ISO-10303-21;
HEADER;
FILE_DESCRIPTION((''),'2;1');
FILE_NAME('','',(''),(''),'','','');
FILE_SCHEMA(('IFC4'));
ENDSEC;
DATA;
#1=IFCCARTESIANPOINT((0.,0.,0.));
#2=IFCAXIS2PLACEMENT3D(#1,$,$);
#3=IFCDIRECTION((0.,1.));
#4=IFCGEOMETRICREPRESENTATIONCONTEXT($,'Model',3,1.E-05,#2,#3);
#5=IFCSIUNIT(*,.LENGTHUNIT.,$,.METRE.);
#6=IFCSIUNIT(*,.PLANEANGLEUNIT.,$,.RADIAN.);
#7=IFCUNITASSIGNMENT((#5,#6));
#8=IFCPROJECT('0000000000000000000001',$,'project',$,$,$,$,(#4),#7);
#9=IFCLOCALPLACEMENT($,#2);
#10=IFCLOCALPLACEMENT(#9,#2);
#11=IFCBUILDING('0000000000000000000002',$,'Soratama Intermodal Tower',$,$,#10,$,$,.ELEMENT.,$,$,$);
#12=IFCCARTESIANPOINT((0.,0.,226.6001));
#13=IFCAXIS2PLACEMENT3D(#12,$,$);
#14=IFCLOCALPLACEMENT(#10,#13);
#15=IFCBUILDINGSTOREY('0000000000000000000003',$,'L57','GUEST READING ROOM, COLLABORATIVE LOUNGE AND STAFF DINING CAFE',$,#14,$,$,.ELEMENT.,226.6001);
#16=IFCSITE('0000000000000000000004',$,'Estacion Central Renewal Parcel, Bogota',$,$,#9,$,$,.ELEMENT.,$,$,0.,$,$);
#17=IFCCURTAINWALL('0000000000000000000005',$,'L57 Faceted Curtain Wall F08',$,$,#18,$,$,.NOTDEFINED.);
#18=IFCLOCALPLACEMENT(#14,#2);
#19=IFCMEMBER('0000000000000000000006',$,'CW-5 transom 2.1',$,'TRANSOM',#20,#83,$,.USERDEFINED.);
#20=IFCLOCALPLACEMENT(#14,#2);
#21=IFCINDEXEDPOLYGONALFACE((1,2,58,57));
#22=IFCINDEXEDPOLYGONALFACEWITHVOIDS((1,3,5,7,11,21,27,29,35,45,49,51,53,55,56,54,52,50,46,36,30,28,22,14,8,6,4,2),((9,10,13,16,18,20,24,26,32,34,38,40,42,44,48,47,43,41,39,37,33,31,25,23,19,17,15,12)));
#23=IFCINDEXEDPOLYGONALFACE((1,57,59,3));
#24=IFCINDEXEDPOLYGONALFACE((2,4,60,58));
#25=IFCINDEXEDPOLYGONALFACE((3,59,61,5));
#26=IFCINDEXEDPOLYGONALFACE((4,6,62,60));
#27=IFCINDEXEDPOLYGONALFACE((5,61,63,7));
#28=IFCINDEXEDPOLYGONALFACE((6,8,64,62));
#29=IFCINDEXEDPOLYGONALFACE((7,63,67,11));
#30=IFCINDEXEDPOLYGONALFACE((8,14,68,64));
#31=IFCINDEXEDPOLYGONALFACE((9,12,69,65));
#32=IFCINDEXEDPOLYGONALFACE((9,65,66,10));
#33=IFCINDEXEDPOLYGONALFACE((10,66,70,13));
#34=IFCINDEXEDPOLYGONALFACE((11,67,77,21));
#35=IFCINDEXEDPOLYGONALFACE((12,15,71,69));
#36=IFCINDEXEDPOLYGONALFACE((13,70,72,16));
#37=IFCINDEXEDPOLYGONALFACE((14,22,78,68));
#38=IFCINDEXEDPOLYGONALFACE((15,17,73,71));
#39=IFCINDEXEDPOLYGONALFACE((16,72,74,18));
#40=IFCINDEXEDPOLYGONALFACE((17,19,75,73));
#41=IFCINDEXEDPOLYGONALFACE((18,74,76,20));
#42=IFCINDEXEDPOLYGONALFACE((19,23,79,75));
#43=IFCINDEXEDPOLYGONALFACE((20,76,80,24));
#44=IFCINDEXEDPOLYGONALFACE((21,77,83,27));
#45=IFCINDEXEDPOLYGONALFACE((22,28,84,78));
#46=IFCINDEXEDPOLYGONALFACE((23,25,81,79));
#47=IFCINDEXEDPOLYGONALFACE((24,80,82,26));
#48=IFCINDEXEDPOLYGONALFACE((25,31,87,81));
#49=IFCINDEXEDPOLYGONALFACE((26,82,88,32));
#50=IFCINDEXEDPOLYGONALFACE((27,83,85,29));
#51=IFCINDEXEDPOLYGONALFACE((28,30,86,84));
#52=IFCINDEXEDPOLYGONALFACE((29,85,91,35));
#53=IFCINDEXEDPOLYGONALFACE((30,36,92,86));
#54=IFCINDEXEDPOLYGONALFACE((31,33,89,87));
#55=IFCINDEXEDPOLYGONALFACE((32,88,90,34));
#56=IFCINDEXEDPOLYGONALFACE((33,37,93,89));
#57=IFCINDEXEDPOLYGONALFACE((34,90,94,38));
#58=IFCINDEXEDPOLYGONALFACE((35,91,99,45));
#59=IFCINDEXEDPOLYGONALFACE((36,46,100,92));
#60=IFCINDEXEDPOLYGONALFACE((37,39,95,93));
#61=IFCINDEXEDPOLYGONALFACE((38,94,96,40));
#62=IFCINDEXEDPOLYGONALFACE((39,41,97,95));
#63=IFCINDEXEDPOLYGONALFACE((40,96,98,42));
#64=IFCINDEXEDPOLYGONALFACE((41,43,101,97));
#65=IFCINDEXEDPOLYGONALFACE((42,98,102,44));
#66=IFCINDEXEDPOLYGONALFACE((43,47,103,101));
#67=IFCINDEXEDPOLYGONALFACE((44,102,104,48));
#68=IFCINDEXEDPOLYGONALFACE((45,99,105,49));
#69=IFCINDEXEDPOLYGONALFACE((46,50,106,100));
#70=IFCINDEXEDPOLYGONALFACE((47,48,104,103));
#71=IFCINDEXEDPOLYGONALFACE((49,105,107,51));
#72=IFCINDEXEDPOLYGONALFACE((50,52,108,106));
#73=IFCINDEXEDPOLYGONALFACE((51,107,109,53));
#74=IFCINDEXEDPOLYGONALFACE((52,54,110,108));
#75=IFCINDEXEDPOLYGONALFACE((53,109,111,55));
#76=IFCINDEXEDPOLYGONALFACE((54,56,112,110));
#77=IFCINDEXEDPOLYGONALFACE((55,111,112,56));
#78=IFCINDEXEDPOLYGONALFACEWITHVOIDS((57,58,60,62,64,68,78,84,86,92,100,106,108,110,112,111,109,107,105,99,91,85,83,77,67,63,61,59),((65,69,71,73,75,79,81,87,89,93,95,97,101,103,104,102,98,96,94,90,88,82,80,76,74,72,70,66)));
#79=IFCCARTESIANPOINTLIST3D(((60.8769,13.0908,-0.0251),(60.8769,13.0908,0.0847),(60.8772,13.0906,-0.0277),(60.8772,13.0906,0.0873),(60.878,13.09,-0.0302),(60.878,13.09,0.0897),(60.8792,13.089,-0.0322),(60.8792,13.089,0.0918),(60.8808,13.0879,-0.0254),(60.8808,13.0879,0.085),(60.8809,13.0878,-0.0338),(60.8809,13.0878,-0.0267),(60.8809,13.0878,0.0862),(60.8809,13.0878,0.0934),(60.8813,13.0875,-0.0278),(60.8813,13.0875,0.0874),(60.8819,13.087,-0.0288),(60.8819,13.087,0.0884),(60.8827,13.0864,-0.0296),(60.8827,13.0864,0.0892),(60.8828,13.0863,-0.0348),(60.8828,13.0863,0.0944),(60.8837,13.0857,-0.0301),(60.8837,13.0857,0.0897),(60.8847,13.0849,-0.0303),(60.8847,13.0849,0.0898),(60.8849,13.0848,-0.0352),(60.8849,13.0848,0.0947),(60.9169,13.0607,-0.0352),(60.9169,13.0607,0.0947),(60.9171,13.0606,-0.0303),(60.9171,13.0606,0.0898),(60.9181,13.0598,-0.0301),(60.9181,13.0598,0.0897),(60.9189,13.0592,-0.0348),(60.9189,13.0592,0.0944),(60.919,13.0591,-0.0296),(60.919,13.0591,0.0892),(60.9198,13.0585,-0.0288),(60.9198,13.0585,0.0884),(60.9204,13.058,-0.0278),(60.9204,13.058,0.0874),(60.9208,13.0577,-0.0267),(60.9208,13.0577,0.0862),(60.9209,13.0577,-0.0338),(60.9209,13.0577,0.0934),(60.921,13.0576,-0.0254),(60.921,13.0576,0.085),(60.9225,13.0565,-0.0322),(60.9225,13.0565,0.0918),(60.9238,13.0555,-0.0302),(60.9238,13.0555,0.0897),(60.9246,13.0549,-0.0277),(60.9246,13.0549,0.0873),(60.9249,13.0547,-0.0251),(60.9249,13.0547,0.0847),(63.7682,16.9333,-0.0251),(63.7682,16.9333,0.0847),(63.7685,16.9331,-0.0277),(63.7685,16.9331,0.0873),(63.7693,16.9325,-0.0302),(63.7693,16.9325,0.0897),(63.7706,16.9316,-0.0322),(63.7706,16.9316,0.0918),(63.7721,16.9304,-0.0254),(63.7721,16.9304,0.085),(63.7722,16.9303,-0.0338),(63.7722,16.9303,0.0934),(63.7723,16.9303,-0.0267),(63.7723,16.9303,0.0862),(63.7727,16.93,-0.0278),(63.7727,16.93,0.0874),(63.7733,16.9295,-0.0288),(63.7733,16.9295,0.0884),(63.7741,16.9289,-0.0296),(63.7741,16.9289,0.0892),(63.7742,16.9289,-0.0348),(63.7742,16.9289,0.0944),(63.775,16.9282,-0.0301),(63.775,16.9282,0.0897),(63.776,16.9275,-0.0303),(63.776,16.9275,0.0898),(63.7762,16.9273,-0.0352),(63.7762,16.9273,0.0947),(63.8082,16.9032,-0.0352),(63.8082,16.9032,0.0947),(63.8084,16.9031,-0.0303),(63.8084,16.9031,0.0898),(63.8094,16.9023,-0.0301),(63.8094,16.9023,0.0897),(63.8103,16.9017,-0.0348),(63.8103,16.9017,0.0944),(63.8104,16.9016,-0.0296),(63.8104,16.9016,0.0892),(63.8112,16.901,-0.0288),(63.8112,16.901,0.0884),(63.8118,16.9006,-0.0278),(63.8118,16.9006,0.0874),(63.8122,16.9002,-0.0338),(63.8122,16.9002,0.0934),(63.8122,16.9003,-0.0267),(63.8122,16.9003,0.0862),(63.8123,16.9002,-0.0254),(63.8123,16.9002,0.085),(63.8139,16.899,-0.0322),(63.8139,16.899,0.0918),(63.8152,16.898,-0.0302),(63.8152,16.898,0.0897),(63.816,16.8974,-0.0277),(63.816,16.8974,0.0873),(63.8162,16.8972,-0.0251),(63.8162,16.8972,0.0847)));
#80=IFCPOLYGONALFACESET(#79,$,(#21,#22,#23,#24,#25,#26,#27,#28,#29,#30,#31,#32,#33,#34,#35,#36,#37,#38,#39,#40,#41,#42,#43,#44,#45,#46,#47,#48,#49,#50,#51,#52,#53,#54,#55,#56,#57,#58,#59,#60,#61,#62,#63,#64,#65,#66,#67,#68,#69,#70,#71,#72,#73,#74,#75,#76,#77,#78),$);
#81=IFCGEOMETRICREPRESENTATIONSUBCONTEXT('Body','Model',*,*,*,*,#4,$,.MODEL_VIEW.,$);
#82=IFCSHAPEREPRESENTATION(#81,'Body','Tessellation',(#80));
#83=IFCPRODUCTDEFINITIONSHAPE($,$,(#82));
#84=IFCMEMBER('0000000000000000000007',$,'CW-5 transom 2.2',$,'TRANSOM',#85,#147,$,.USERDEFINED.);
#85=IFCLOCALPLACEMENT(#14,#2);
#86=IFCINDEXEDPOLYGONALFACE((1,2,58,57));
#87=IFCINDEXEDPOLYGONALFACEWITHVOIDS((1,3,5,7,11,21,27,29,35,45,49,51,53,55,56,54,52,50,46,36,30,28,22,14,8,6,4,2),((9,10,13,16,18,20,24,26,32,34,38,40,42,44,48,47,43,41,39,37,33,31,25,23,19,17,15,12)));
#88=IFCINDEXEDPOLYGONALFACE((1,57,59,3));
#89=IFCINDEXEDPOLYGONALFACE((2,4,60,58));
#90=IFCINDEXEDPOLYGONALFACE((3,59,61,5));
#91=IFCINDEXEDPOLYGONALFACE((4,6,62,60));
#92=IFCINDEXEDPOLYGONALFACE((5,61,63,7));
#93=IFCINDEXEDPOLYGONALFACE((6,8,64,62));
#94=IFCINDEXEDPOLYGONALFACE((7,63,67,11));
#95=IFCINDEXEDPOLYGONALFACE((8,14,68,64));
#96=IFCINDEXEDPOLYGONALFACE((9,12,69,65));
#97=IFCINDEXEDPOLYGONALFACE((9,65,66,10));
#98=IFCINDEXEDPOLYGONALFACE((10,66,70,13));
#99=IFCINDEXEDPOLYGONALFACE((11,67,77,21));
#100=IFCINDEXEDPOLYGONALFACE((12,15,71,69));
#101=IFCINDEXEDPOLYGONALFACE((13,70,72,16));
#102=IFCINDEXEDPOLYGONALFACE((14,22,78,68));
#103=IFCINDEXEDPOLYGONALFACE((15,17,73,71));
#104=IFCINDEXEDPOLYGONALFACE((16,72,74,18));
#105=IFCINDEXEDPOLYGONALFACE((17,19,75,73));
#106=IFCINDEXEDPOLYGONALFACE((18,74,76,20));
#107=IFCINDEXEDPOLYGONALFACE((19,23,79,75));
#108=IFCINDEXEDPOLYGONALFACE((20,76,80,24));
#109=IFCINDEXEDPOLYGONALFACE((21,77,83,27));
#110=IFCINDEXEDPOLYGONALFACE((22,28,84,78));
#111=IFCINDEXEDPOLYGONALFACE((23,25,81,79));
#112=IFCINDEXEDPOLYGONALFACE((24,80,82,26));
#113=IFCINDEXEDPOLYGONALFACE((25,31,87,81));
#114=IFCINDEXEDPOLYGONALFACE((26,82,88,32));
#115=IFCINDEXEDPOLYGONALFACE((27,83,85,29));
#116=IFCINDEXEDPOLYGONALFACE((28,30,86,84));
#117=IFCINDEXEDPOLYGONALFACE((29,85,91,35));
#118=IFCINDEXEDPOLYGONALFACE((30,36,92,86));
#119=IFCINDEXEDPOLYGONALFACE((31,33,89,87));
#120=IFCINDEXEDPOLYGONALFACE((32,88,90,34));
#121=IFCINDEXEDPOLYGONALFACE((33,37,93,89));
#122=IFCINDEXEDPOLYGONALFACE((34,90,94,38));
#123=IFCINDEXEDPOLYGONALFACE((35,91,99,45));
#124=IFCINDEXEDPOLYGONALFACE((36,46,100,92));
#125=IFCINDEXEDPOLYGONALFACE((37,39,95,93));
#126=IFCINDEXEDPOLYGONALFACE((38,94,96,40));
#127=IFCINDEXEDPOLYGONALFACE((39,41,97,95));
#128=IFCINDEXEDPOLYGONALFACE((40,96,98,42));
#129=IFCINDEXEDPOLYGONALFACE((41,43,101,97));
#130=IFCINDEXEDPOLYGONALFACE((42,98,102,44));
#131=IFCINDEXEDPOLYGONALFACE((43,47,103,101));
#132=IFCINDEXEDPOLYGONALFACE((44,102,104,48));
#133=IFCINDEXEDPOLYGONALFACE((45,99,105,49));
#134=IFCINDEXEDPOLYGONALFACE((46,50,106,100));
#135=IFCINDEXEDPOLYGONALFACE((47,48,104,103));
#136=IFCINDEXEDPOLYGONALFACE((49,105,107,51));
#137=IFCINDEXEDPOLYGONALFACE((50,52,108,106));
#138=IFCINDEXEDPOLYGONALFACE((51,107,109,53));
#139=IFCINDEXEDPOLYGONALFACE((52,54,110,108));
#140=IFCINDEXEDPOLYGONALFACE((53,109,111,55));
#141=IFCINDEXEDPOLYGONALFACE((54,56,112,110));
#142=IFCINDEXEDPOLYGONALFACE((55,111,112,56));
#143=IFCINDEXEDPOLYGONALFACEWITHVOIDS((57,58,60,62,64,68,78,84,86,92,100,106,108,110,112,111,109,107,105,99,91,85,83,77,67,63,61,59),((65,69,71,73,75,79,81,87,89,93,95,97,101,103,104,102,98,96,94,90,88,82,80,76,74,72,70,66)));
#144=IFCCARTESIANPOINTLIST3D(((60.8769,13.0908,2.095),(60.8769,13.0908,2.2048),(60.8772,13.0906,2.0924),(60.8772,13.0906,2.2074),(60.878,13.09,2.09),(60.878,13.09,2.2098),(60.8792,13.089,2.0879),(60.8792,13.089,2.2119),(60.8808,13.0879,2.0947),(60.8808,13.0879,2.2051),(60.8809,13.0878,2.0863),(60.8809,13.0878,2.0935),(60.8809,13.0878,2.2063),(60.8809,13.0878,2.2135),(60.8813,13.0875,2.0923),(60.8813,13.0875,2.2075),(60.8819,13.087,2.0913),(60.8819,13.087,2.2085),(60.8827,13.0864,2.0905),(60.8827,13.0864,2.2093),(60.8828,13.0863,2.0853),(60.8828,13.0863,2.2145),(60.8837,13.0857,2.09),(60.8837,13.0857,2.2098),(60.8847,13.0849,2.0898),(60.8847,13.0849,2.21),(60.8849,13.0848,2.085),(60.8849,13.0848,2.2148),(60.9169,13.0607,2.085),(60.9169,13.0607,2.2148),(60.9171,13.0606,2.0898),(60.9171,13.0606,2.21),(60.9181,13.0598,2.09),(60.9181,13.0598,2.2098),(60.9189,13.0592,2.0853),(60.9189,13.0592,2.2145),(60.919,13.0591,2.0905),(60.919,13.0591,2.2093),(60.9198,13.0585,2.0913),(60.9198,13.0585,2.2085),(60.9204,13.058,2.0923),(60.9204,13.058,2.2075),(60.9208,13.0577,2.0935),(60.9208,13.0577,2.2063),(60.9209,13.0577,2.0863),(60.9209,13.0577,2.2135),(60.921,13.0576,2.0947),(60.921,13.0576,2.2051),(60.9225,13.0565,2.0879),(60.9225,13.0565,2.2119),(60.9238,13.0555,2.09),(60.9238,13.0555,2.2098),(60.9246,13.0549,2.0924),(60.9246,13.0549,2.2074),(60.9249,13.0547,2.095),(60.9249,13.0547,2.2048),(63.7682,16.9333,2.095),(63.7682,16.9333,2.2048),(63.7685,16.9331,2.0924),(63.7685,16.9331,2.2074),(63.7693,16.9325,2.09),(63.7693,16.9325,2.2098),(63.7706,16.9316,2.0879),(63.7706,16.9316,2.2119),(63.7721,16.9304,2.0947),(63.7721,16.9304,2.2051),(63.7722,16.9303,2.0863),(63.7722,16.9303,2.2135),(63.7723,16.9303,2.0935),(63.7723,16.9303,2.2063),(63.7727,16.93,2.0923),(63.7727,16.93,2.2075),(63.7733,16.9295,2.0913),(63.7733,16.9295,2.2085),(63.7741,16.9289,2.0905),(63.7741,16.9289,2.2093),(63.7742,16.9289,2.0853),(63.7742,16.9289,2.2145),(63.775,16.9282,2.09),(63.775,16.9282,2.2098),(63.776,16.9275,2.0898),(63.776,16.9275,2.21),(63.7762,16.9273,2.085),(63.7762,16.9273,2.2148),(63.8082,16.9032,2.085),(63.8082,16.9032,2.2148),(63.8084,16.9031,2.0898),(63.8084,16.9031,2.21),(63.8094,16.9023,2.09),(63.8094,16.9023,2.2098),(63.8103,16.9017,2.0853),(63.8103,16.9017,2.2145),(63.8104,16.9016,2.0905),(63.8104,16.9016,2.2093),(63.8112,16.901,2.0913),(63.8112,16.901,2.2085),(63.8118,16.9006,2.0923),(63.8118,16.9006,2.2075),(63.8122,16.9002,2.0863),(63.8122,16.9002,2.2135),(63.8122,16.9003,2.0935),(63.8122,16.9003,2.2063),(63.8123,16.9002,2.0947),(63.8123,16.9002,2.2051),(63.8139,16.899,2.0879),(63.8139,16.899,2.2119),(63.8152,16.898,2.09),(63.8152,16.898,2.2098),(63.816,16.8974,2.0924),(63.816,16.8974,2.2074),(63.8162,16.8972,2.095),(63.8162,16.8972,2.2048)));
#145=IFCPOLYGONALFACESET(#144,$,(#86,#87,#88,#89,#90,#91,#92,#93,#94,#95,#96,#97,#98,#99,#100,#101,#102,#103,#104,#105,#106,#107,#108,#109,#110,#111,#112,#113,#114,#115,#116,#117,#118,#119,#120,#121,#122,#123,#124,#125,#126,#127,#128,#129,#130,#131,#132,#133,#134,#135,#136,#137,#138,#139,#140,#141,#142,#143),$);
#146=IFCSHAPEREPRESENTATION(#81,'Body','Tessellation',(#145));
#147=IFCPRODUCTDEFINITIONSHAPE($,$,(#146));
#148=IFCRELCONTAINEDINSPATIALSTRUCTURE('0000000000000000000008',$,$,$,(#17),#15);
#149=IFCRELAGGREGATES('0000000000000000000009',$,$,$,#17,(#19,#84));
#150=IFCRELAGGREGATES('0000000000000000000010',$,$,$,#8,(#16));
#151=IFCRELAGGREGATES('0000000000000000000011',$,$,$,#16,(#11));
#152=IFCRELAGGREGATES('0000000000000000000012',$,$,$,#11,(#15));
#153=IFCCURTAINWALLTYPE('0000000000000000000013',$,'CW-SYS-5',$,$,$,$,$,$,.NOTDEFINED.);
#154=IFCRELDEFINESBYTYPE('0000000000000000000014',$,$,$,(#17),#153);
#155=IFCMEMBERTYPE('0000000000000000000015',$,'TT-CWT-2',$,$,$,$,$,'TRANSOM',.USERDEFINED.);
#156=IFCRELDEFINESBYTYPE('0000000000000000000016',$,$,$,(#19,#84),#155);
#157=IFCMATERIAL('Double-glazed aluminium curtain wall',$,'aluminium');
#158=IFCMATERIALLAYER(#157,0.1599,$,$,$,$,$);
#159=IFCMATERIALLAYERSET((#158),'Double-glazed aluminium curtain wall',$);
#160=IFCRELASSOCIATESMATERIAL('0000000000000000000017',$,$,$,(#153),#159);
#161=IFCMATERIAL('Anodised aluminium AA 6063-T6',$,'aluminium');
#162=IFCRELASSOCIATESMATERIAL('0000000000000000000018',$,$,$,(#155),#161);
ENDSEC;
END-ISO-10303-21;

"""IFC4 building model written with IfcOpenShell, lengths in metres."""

from ifc_helpers import new_model, si_unit, direction, frame, origin, origin_2d, place, context, subcontext, project, spatial, hollow_rectangle, extrude, material, layer, layer_set, material_profile, profile_set, type_object, element, aggregate, save


model = new_model("IFC4")

# Units and contexts
model_context = context("Model", 3, precision=1e-05, world=origin(), true_north=direction((0.0, 1.0)))
body_context = subcontext(model_context, "Body", "Model", "MODEL_VIEW")
ifc_project = project(units=[si_unit("LENGTHUNIT", "METRE"), si_unit("PLANEANGLEUNIT", "RADIAN")], contexts=[model_context])

# Site, building, storey
site_placement = place(None, origin())
site = spatial("IfcSite", under=ifc_project, at=site_placement, Name="Estacion Central Renewal Parcel, Bogota", CompositionType="ELEMENT", RefElevation=0.0)
building_placement = place(site_placement, origin())
building = spatial("IfcBuilding", under=site, at=building_placement, Name="Soratama Intermodal Tower", CompositionType="ELEMENT")
storey_placement = place(building_placement, frame((0.0, 0.0, 226.6001)))
storey = spatial("IfcBuildingStorey", under=building, at=storey_placement, Name="L57", Description="GUEST READING ROOM, COLLABORATIVE LOUNGE AND STAFF DINING CAFE", CompositionType="ELEMENT", Elevation=226.6001)

# Curtain wall, members
ifc_material_1 = material(Name="Double-glazed aluminium curtain wall", Category="aluminium")
ifc_layer_1 = layer(ifc_material_1, 0.1599)
ifc_layer_set_1 = layer_set([ifc_layer_1], Name="Double-glazed aluminium curtain wall")
curtain_wall_type = type_object("IfcCurtainWallType", Name="CW-SYS-5", PredefinedType="NOTDEFINED", material=ifc_layer_set_1)
curtain_wall_placement = place(storey_placement, origin())
curtain_wall = element("IfcCurtainWall", 1, at=curtain_wall_placement, inside=storey, type_object=curtain_wall_type, Name="L57 Faceted Curtain Wall F08", PredefinedType="NOTDEFINED")
ifc_material_2 = material(Name="Anodised aluminium AA 6063-T6", Category="aluminium")
ifc_material_profile_1 = material_profile(ifc_material_2, hollow_rectangle(XDim=0.0601, YDim=0.1299, WallThickness=0.0049, InnerFilletRadius=0.0049, OuterFilletRadius=0.01, at=origin_2d()), Name="CWT130X60X5")
ifc_profile_set_1 = profile_set([ifc_material_profile_1], Name="Anodised aluminium AA 6063-T6")
member_type_1 = type_object("IfcMemberType", Name="TT-CWT-2", ElementType="TRANSOM", PredefinedType="USERDEFINED", material=ifc_profile_set_1)
member_1_placement = place(storey_placement, frame((60.9009, 13.0728, 0.0298), z_axis=(0.601258, 0.799055, 0.0), x_axis=(-0.799055, 0.601258, 0.0)))
member_1 = element("IfcMember", 2, at=member_1_placement, type_object=member_type_1, Name="CW-5 transom 2.1", ObjectType="TRANSOM", PredefinedType="USERDEFINED", context=body_context, shape_type="SweptSolid", body=[
    extrude(hollow_rectangle(XDim=0.0601, YDim=0.1299, WallThickness=0.0049, InnerFilletRadius=0.0049, OuterFilletRadius=0.01, at=origin_2d()), origin(), (0.0, 0.0, 1.0), 4.8088),
])
member_2_placement = place(storey_placement, frame((60.9009, 13.0728, 2.1499), z_axis=(0.601258, 0.799055, 0.0), x_axis=(-0.799055, 0.601258, 0.0)))
member_2 = element("IfcMember", 3, at=member_2_placement, type_object=member_type_1, Name="CW-5 transom 2.2", ObjectType="TRANSOM", PredefinedType="USERDEFINED", context=body_context, shape_type="SweptSolid", body=[
    extrude(hollow_rectangle(XDim=0.0601, YDim=0.1299, WallThickness=0.0049, InnerFilletRadius=0.0049, OuterFilletRadius=0.01, at=origin_2d()), origin(), (0.0, 0.0, 1.0), 4.8088),
])
aggregate(curtain_wall, [member_1, member_2])

save(model, "model.ifc")
